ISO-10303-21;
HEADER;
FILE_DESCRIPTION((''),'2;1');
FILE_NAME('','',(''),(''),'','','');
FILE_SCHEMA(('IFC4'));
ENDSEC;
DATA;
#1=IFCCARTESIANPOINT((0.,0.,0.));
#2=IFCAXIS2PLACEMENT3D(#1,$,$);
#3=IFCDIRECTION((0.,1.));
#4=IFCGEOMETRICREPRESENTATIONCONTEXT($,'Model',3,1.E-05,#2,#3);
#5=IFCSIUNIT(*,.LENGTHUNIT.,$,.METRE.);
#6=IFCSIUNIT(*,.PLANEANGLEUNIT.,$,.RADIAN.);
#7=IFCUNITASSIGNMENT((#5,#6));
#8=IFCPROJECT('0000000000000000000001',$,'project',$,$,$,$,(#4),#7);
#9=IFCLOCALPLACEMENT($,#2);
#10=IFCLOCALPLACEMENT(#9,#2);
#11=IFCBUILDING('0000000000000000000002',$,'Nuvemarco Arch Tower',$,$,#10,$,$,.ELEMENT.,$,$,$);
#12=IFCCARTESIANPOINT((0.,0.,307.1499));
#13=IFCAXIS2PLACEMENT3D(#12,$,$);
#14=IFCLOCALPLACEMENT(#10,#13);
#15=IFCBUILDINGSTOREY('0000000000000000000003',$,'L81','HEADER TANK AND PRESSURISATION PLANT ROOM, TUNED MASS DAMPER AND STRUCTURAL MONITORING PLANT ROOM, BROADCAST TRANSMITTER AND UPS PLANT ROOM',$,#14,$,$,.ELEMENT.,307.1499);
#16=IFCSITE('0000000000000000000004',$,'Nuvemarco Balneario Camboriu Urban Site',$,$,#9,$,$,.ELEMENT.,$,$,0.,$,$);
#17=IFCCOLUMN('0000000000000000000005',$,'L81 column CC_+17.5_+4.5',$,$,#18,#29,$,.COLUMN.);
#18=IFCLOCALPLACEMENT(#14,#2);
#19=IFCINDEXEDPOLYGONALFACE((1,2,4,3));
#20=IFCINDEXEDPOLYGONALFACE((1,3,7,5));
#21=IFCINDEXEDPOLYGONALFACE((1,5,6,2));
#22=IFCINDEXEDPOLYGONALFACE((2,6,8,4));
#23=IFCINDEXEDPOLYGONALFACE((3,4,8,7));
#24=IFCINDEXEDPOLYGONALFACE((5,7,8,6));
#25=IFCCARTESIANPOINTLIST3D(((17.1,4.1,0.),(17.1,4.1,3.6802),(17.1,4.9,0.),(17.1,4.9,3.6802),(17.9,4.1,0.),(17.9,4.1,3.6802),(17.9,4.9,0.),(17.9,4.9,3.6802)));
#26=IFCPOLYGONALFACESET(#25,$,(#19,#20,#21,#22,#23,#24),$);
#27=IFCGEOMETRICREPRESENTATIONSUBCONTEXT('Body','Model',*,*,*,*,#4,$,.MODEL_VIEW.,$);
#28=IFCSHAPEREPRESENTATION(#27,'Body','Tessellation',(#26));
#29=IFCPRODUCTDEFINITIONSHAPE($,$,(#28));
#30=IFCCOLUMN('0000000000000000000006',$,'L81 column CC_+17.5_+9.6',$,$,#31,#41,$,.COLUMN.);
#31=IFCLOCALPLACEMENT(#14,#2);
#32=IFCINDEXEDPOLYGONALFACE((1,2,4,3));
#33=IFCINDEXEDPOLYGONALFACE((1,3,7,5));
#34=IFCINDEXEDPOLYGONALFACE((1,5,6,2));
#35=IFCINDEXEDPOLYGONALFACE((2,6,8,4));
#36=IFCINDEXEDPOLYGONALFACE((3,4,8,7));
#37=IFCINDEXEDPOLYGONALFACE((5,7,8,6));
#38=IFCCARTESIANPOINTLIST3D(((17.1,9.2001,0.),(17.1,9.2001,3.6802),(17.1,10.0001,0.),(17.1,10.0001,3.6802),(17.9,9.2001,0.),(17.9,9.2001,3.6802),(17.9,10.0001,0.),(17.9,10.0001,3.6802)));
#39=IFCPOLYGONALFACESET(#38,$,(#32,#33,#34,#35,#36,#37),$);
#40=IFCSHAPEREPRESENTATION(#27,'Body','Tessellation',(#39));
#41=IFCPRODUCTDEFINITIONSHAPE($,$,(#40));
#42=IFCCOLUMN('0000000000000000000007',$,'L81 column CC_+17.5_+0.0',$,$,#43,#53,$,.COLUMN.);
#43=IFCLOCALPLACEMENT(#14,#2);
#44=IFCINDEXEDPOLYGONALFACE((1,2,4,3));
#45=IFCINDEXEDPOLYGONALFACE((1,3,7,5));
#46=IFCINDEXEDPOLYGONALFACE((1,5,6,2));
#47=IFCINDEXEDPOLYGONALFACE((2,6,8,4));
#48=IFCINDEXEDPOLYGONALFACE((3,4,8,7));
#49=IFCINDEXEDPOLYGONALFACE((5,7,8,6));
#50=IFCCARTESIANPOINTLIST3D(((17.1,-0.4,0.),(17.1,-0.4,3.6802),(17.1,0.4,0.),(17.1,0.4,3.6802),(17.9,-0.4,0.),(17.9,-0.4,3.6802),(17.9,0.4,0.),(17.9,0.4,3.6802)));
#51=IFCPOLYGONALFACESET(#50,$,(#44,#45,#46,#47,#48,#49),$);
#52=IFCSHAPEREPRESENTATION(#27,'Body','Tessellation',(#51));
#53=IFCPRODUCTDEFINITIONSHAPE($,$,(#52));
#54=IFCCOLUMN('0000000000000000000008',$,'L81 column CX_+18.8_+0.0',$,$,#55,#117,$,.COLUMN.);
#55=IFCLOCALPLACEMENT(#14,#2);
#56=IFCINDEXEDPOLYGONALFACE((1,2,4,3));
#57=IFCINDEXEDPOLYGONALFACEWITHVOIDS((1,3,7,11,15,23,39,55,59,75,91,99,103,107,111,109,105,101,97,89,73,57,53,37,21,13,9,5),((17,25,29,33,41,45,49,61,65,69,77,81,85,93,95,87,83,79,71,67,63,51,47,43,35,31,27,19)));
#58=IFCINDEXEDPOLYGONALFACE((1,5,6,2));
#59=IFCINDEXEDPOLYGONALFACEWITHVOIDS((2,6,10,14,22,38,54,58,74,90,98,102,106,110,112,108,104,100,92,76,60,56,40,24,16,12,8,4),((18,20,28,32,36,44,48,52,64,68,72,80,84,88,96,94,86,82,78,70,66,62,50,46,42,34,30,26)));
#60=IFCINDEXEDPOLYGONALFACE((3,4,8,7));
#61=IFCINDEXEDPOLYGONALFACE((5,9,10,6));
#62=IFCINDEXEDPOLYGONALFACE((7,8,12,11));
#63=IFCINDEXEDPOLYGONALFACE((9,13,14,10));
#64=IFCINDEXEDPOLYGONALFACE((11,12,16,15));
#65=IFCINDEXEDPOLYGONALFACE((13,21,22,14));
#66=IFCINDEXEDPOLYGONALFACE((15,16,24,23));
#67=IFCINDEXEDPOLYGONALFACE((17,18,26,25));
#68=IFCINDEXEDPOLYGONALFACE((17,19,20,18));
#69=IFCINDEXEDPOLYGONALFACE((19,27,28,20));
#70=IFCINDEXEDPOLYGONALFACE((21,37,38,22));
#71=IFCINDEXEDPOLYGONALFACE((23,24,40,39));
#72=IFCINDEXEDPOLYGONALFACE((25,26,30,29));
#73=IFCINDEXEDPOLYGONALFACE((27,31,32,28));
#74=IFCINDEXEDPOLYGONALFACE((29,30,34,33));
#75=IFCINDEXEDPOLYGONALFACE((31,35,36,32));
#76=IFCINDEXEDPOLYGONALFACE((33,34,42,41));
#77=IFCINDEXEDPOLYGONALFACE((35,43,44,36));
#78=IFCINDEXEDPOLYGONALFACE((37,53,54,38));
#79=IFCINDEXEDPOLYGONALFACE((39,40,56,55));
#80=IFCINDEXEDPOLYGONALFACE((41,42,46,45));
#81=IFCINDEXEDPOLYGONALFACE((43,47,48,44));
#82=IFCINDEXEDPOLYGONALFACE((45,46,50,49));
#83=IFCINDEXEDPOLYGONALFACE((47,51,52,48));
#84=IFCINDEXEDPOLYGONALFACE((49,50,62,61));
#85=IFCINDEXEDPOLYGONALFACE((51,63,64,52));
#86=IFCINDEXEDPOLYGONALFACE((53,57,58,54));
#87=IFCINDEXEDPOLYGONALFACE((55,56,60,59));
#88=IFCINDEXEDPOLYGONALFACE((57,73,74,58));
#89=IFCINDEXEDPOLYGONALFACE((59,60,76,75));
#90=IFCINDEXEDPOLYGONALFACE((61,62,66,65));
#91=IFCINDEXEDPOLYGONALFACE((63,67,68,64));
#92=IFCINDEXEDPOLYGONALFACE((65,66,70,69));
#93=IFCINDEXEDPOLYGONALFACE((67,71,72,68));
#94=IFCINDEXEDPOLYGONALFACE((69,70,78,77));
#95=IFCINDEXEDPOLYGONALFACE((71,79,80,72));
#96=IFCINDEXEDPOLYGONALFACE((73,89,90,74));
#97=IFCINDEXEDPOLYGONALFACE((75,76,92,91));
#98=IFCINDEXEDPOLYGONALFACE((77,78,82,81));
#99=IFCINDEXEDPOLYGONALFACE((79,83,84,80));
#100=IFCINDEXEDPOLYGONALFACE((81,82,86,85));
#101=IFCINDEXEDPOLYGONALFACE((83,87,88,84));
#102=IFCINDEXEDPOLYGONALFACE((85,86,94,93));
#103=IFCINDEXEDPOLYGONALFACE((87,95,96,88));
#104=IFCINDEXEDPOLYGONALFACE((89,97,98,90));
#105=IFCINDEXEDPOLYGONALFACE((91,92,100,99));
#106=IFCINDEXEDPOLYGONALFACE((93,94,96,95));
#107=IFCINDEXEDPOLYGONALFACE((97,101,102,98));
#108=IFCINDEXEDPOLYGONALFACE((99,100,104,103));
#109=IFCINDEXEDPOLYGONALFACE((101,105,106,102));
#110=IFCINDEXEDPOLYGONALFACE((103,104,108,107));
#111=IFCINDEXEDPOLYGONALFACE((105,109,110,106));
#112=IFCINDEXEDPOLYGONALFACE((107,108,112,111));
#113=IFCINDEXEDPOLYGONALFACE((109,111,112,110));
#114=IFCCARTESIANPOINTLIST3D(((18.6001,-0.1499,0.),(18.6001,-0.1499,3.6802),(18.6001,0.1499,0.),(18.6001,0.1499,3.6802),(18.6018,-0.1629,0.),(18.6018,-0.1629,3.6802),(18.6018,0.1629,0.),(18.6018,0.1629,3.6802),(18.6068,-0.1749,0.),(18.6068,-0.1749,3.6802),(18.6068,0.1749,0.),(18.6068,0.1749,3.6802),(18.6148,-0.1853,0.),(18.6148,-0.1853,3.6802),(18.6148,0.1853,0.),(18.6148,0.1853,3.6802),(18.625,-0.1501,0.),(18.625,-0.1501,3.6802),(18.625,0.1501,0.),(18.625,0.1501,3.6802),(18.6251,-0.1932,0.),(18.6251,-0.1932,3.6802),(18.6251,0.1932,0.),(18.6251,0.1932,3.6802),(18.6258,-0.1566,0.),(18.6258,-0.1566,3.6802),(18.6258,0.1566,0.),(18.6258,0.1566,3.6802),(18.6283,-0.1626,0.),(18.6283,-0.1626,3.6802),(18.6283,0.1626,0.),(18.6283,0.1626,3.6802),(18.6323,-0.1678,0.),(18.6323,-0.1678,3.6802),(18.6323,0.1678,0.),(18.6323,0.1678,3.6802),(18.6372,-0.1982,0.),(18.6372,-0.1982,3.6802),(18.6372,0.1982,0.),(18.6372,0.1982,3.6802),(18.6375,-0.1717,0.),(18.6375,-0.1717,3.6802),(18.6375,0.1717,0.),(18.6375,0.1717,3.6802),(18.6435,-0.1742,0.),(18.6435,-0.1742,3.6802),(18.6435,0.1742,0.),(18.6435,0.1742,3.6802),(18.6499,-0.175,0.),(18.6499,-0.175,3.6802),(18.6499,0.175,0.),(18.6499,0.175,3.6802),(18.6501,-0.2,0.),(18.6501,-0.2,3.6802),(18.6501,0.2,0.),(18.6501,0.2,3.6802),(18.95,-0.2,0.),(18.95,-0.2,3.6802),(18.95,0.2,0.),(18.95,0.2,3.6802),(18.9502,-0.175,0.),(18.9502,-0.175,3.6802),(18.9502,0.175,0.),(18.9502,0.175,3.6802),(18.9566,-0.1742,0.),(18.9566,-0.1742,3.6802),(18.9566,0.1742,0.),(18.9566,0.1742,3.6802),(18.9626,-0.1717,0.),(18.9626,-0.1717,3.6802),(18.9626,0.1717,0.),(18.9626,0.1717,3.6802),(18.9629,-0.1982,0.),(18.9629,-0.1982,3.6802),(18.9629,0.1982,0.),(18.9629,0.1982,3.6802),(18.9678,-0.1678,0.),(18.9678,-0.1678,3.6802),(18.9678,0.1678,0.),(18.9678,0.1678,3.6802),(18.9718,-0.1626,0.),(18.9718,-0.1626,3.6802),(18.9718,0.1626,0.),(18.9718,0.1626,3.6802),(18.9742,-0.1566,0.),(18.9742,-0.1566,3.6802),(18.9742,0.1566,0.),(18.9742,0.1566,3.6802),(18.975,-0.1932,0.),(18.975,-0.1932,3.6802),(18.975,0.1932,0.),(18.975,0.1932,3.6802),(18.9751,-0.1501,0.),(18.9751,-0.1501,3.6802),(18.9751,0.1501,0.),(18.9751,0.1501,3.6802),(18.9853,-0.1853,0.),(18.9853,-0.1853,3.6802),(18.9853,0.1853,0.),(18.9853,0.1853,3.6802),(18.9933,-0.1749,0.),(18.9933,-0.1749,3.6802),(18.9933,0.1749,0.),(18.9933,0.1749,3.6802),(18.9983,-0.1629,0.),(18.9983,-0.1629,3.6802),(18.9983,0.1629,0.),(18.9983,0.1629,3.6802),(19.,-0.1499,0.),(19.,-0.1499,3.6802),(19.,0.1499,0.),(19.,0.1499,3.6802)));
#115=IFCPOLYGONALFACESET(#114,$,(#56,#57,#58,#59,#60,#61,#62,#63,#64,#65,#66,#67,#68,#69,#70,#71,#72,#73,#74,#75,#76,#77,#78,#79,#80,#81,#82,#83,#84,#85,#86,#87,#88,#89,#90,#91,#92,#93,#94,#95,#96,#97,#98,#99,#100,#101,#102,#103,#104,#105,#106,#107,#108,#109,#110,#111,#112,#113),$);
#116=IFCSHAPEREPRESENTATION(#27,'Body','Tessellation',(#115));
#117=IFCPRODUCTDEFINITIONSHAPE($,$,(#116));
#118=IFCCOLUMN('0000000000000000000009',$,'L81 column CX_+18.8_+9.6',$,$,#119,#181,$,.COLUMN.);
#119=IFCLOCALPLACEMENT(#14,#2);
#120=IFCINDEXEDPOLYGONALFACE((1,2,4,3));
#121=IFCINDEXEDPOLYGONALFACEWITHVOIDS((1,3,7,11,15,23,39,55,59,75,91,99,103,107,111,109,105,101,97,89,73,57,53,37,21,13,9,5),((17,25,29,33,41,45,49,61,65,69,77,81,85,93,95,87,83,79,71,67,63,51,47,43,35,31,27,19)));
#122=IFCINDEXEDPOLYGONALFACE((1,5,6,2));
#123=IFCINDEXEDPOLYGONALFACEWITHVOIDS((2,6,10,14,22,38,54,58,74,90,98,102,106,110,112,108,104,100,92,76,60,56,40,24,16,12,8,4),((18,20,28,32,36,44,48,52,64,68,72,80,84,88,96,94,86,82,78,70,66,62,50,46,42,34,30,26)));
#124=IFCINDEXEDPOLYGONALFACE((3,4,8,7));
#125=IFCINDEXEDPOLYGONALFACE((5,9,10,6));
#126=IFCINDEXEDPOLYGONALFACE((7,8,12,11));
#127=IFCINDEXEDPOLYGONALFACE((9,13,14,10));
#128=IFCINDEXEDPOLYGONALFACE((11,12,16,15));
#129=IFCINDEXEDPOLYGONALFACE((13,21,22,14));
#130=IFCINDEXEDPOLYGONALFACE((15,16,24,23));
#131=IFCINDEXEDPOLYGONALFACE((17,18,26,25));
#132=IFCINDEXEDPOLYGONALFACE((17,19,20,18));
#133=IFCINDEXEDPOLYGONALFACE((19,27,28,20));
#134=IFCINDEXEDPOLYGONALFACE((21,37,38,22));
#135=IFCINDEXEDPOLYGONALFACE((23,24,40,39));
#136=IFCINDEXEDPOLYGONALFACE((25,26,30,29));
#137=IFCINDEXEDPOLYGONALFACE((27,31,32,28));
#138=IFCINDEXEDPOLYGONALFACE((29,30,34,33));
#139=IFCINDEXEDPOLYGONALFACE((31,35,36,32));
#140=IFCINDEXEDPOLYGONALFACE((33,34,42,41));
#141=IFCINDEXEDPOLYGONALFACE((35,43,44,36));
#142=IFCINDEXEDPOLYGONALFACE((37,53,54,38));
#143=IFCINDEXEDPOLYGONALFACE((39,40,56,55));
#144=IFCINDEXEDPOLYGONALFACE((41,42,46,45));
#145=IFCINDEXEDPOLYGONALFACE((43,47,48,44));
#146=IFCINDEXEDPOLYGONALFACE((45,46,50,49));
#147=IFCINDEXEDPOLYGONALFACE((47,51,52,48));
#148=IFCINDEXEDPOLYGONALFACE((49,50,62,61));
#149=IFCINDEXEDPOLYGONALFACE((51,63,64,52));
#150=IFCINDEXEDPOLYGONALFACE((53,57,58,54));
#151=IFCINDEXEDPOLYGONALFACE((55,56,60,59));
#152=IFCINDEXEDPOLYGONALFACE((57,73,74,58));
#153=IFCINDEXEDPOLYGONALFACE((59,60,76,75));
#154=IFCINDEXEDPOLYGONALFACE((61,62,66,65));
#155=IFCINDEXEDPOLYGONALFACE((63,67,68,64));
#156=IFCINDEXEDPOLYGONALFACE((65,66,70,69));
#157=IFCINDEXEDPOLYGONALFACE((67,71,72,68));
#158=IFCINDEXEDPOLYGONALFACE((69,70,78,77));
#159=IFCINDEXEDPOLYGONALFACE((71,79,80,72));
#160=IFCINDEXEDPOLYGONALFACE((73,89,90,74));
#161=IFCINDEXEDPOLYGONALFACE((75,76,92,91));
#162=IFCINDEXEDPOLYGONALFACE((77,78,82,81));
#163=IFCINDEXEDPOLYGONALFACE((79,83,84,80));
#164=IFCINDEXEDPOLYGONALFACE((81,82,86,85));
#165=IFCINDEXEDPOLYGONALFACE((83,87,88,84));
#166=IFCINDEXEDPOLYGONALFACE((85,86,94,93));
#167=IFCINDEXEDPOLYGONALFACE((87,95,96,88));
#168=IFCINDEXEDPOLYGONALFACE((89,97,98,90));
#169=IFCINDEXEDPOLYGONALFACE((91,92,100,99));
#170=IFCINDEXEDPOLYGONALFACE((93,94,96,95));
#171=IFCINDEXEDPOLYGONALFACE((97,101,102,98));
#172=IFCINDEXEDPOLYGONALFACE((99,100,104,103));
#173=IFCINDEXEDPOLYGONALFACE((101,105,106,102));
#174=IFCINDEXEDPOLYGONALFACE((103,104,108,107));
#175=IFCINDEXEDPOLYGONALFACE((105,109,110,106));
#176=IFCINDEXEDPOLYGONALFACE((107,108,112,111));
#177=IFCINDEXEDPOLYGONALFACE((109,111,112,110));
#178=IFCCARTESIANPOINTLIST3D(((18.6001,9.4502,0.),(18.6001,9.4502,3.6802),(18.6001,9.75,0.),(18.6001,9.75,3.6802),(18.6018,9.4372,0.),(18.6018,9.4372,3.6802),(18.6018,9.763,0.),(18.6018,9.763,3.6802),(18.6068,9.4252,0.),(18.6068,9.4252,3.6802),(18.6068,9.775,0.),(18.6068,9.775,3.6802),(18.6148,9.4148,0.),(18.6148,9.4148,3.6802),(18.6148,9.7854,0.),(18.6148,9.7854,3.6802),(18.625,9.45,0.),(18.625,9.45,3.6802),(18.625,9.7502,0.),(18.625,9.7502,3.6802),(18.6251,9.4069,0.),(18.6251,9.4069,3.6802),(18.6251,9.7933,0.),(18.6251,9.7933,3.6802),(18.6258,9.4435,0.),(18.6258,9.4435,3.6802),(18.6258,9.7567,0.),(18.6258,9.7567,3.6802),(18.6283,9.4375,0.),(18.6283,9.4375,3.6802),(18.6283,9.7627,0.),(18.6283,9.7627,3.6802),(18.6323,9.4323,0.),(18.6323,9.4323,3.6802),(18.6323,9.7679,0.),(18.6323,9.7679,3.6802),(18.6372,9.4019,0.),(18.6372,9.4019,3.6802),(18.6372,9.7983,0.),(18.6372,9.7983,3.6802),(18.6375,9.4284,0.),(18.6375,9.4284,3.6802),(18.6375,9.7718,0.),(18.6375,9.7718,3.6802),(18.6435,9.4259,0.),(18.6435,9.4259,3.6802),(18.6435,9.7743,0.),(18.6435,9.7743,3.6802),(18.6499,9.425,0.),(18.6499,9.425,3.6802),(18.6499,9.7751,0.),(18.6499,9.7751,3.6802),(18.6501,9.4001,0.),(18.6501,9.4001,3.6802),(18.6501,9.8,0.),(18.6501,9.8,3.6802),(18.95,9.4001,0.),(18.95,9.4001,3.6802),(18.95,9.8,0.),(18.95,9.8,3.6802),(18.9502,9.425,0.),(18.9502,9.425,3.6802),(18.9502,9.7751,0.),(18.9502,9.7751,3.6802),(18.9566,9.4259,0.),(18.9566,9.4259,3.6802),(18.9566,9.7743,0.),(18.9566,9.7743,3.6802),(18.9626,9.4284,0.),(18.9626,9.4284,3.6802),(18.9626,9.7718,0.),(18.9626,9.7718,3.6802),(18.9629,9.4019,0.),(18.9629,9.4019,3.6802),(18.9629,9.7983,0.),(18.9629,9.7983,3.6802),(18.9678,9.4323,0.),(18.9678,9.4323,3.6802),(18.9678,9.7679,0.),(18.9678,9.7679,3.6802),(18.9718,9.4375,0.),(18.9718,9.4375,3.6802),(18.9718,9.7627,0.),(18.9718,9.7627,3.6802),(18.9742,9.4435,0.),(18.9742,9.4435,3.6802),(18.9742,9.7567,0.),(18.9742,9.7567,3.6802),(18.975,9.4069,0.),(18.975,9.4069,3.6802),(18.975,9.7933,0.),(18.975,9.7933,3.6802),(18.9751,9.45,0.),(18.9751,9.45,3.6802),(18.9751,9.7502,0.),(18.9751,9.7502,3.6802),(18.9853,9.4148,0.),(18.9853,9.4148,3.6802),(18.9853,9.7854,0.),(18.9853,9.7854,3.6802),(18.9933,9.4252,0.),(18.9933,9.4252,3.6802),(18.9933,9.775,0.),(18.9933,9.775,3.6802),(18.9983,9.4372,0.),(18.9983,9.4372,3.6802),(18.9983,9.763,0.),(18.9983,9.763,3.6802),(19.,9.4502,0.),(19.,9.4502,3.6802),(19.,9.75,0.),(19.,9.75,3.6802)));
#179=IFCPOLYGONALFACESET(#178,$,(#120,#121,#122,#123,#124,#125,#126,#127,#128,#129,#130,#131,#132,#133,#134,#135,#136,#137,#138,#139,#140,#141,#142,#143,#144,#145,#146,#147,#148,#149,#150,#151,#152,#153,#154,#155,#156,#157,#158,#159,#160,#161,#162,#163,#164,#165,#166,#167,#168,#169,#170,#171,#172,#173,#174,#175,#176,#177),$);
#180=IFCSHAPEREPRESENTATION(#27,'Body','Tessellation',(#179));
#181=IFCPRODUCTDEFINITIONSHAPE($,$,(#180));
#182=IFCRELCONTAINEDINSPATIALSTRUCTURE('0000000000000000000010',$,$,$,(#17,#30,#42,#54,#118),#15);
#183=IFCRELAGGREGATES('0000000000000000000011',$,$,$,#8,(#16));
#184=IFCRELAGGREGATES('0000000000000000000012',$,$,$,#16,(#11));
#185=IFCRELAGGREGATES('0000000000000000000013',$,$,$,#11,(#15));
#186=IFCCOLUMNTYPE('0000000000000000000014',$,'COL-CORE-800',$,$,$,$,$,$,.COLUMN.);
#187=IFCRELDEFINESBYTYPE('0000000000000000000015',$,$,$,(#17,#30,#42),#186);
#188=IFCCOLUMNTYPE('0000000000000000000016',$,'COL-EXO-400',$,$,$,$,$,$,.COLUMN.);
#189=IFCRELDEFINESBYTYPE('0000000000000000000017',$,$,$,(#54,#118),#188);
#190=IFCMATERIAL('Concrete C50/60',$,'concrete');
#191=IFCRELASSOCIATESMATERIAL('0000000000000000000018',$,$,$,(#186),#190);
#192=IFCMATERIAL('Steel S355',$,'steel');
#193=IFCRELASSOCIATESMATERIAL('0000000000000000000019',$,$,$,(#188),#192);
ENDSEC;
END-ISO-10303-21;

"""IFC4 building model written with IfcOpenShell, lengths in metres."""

from ifc_helpers import new_model, si_unit, direction, frame, origin, origin_2d, place, context, subcontext, project, spatial, rectangle, hollow_rectangle, extrude, material, material_profile, profile_set, type_object, element, save


model = new_model("IFC4")

# Units and contexts
model_context = context("Model", 3, precision=1e-05, world=origin(), true_north=direction((0.0, 1.0)))
body_context = subcontext(model_context, "Body", "Model", "MODEL_VIEW")
ifc_project = project(units=[si_unit("LENGTHUNIT", "METRE"), si_unit("PLANEANGLEUNIT", "RADIAN")], contexts=[model_context])

# Site, building, storey
site_placement = place(None, origin())
site = spatial("IfcSite", under=ifc_project, at=site_placement, Name="Nuvemarco Balneario Camboriu Urban Site", CompositionType="ELEMENT", RefElevation=0.0)
building_placement = place(site_placement, origin())
building = spatial("IfcBuilding", under=site, at=building_placement, Name="Nuvemarco Arch Tower", CompositionType="ELEMENT")
storey_placement = place(building_placement, frame((0.0, 0.0, 307.1499)))
storey = spatial("IfcBuildingStorey", under=building, at=storey_placement, Name="L81", Description="HEADER TANK AND PRESSURISATION PLANT ROOM, TUNED MASS DAMPER AND STRUCTURAL MONITORING PLANT ROOM, BROADCAST TRANSMITTER AND UPS PLANT ROOM", CompositionType="ELEMENT", Elevation=307.1499)

# Columns
ifc_material_1 = material(Name="Concrete C50/60", Category="concrete")
ifc_material_profile_1 = material_profile(ifc_material_1, rectangle(XDim=0.8, YDim=0.8, at=origin_2d()), Name="RC-COL-800x800")
ifc_profile_set_1 = profile_set([ifc_material_profile_1], Name="Concrete C50/60")
column_type_1 = type_object("IfcColumnType", Name="COL-CORE-800", PredefinedType="COLUMN", material=ifc_profile_set_1)
for number, where, z_axis, x_axis, name in (
    (1, (17.5, 4.5, 0.0), (0.0, 0.0, 1.0), (1.0, 0.0, 0.0), "L81 column CC_+17.5_+4.5"),
    (2, (17.5, 9.6001, 0.0), (0.0, 0.0, 1.0), (1.0, 0.0, 0.0), "L81 column CC_+17.5_+9.6"),
    (3, (17.5, 0.0, 0.0), (0.0, 0.0, 1.0), (1.0, 0.0, 0.0), "L81 column CC_+17.5_+0.0"),
):
    element("IfcColumn", number, at=place(storey_placement, frame(where, z_axis=z_axis, x_axis=x_axis)), inside=storey, type_object=column_type_1, Name=name, PredefinedType="COLUMN", context=body_context, shape_type="SweptSolid", body=[
        extrude(rectangle(XDim=0.8, YDim=0.8, at=origin_2d()), origin(), (0.0, 0.0, 1.0), 3.6802),
    ])
ifc_material_2 = material(Name="Steel S355", Category="steel")
ifc_material_profile_2 = material_profile(ifc_material_2, hollow_rectangle(XDim=0.3999, YDim=0.3999, WallThickness=0.0249, InnerFilletRadius=0.0249, OuterFilletRadius=0.05, at=origin_2d()), Name="SHS400x400x25")
ifc_profile_set_2 = profile_set([ifc_material_profile_2], Name="Steel S355")
column_type_2 = type_object("IfcColumnType", Name="COL-EXO-400", PredefinedType="COLUMN", material=ifc_profile_set_2)
for number, where, z_axis, x_axis, name in (
    (4, (18.8, 0.0, 0.0), (0.0, 0.0, 1.0), (1.0, 0.0, 0.0), "L81 column CX_+18.8_+0.0"),
    (5, (18.8, 9.6001, 0.0), (0.0, 0.0, 1.0), (1.0, 0.0, 0.0), "L81 column CX_+18.8_+9.6"),
):
    element("IfcColumn", number, at=place(storey_placement, frame(where, z_axis=z_axis, x_axis=x_axis)), inside=storey, type_object=column_type_2, Name=name, PredefinedType="COLUMN", context=body_context, shape_type="SweptSolid", body=[
        extrude(hollow_rectangle(XDim=0.3999, YDim=0.3999, WallThickness=0.0249, InnerFilletRadius=0.0249, OuterFilletRadius=0.05, at=origin_2d()), origin(), (0.0, 0.0, 1.0), 3.6802),
    ])

save(model, "model.ifc")
